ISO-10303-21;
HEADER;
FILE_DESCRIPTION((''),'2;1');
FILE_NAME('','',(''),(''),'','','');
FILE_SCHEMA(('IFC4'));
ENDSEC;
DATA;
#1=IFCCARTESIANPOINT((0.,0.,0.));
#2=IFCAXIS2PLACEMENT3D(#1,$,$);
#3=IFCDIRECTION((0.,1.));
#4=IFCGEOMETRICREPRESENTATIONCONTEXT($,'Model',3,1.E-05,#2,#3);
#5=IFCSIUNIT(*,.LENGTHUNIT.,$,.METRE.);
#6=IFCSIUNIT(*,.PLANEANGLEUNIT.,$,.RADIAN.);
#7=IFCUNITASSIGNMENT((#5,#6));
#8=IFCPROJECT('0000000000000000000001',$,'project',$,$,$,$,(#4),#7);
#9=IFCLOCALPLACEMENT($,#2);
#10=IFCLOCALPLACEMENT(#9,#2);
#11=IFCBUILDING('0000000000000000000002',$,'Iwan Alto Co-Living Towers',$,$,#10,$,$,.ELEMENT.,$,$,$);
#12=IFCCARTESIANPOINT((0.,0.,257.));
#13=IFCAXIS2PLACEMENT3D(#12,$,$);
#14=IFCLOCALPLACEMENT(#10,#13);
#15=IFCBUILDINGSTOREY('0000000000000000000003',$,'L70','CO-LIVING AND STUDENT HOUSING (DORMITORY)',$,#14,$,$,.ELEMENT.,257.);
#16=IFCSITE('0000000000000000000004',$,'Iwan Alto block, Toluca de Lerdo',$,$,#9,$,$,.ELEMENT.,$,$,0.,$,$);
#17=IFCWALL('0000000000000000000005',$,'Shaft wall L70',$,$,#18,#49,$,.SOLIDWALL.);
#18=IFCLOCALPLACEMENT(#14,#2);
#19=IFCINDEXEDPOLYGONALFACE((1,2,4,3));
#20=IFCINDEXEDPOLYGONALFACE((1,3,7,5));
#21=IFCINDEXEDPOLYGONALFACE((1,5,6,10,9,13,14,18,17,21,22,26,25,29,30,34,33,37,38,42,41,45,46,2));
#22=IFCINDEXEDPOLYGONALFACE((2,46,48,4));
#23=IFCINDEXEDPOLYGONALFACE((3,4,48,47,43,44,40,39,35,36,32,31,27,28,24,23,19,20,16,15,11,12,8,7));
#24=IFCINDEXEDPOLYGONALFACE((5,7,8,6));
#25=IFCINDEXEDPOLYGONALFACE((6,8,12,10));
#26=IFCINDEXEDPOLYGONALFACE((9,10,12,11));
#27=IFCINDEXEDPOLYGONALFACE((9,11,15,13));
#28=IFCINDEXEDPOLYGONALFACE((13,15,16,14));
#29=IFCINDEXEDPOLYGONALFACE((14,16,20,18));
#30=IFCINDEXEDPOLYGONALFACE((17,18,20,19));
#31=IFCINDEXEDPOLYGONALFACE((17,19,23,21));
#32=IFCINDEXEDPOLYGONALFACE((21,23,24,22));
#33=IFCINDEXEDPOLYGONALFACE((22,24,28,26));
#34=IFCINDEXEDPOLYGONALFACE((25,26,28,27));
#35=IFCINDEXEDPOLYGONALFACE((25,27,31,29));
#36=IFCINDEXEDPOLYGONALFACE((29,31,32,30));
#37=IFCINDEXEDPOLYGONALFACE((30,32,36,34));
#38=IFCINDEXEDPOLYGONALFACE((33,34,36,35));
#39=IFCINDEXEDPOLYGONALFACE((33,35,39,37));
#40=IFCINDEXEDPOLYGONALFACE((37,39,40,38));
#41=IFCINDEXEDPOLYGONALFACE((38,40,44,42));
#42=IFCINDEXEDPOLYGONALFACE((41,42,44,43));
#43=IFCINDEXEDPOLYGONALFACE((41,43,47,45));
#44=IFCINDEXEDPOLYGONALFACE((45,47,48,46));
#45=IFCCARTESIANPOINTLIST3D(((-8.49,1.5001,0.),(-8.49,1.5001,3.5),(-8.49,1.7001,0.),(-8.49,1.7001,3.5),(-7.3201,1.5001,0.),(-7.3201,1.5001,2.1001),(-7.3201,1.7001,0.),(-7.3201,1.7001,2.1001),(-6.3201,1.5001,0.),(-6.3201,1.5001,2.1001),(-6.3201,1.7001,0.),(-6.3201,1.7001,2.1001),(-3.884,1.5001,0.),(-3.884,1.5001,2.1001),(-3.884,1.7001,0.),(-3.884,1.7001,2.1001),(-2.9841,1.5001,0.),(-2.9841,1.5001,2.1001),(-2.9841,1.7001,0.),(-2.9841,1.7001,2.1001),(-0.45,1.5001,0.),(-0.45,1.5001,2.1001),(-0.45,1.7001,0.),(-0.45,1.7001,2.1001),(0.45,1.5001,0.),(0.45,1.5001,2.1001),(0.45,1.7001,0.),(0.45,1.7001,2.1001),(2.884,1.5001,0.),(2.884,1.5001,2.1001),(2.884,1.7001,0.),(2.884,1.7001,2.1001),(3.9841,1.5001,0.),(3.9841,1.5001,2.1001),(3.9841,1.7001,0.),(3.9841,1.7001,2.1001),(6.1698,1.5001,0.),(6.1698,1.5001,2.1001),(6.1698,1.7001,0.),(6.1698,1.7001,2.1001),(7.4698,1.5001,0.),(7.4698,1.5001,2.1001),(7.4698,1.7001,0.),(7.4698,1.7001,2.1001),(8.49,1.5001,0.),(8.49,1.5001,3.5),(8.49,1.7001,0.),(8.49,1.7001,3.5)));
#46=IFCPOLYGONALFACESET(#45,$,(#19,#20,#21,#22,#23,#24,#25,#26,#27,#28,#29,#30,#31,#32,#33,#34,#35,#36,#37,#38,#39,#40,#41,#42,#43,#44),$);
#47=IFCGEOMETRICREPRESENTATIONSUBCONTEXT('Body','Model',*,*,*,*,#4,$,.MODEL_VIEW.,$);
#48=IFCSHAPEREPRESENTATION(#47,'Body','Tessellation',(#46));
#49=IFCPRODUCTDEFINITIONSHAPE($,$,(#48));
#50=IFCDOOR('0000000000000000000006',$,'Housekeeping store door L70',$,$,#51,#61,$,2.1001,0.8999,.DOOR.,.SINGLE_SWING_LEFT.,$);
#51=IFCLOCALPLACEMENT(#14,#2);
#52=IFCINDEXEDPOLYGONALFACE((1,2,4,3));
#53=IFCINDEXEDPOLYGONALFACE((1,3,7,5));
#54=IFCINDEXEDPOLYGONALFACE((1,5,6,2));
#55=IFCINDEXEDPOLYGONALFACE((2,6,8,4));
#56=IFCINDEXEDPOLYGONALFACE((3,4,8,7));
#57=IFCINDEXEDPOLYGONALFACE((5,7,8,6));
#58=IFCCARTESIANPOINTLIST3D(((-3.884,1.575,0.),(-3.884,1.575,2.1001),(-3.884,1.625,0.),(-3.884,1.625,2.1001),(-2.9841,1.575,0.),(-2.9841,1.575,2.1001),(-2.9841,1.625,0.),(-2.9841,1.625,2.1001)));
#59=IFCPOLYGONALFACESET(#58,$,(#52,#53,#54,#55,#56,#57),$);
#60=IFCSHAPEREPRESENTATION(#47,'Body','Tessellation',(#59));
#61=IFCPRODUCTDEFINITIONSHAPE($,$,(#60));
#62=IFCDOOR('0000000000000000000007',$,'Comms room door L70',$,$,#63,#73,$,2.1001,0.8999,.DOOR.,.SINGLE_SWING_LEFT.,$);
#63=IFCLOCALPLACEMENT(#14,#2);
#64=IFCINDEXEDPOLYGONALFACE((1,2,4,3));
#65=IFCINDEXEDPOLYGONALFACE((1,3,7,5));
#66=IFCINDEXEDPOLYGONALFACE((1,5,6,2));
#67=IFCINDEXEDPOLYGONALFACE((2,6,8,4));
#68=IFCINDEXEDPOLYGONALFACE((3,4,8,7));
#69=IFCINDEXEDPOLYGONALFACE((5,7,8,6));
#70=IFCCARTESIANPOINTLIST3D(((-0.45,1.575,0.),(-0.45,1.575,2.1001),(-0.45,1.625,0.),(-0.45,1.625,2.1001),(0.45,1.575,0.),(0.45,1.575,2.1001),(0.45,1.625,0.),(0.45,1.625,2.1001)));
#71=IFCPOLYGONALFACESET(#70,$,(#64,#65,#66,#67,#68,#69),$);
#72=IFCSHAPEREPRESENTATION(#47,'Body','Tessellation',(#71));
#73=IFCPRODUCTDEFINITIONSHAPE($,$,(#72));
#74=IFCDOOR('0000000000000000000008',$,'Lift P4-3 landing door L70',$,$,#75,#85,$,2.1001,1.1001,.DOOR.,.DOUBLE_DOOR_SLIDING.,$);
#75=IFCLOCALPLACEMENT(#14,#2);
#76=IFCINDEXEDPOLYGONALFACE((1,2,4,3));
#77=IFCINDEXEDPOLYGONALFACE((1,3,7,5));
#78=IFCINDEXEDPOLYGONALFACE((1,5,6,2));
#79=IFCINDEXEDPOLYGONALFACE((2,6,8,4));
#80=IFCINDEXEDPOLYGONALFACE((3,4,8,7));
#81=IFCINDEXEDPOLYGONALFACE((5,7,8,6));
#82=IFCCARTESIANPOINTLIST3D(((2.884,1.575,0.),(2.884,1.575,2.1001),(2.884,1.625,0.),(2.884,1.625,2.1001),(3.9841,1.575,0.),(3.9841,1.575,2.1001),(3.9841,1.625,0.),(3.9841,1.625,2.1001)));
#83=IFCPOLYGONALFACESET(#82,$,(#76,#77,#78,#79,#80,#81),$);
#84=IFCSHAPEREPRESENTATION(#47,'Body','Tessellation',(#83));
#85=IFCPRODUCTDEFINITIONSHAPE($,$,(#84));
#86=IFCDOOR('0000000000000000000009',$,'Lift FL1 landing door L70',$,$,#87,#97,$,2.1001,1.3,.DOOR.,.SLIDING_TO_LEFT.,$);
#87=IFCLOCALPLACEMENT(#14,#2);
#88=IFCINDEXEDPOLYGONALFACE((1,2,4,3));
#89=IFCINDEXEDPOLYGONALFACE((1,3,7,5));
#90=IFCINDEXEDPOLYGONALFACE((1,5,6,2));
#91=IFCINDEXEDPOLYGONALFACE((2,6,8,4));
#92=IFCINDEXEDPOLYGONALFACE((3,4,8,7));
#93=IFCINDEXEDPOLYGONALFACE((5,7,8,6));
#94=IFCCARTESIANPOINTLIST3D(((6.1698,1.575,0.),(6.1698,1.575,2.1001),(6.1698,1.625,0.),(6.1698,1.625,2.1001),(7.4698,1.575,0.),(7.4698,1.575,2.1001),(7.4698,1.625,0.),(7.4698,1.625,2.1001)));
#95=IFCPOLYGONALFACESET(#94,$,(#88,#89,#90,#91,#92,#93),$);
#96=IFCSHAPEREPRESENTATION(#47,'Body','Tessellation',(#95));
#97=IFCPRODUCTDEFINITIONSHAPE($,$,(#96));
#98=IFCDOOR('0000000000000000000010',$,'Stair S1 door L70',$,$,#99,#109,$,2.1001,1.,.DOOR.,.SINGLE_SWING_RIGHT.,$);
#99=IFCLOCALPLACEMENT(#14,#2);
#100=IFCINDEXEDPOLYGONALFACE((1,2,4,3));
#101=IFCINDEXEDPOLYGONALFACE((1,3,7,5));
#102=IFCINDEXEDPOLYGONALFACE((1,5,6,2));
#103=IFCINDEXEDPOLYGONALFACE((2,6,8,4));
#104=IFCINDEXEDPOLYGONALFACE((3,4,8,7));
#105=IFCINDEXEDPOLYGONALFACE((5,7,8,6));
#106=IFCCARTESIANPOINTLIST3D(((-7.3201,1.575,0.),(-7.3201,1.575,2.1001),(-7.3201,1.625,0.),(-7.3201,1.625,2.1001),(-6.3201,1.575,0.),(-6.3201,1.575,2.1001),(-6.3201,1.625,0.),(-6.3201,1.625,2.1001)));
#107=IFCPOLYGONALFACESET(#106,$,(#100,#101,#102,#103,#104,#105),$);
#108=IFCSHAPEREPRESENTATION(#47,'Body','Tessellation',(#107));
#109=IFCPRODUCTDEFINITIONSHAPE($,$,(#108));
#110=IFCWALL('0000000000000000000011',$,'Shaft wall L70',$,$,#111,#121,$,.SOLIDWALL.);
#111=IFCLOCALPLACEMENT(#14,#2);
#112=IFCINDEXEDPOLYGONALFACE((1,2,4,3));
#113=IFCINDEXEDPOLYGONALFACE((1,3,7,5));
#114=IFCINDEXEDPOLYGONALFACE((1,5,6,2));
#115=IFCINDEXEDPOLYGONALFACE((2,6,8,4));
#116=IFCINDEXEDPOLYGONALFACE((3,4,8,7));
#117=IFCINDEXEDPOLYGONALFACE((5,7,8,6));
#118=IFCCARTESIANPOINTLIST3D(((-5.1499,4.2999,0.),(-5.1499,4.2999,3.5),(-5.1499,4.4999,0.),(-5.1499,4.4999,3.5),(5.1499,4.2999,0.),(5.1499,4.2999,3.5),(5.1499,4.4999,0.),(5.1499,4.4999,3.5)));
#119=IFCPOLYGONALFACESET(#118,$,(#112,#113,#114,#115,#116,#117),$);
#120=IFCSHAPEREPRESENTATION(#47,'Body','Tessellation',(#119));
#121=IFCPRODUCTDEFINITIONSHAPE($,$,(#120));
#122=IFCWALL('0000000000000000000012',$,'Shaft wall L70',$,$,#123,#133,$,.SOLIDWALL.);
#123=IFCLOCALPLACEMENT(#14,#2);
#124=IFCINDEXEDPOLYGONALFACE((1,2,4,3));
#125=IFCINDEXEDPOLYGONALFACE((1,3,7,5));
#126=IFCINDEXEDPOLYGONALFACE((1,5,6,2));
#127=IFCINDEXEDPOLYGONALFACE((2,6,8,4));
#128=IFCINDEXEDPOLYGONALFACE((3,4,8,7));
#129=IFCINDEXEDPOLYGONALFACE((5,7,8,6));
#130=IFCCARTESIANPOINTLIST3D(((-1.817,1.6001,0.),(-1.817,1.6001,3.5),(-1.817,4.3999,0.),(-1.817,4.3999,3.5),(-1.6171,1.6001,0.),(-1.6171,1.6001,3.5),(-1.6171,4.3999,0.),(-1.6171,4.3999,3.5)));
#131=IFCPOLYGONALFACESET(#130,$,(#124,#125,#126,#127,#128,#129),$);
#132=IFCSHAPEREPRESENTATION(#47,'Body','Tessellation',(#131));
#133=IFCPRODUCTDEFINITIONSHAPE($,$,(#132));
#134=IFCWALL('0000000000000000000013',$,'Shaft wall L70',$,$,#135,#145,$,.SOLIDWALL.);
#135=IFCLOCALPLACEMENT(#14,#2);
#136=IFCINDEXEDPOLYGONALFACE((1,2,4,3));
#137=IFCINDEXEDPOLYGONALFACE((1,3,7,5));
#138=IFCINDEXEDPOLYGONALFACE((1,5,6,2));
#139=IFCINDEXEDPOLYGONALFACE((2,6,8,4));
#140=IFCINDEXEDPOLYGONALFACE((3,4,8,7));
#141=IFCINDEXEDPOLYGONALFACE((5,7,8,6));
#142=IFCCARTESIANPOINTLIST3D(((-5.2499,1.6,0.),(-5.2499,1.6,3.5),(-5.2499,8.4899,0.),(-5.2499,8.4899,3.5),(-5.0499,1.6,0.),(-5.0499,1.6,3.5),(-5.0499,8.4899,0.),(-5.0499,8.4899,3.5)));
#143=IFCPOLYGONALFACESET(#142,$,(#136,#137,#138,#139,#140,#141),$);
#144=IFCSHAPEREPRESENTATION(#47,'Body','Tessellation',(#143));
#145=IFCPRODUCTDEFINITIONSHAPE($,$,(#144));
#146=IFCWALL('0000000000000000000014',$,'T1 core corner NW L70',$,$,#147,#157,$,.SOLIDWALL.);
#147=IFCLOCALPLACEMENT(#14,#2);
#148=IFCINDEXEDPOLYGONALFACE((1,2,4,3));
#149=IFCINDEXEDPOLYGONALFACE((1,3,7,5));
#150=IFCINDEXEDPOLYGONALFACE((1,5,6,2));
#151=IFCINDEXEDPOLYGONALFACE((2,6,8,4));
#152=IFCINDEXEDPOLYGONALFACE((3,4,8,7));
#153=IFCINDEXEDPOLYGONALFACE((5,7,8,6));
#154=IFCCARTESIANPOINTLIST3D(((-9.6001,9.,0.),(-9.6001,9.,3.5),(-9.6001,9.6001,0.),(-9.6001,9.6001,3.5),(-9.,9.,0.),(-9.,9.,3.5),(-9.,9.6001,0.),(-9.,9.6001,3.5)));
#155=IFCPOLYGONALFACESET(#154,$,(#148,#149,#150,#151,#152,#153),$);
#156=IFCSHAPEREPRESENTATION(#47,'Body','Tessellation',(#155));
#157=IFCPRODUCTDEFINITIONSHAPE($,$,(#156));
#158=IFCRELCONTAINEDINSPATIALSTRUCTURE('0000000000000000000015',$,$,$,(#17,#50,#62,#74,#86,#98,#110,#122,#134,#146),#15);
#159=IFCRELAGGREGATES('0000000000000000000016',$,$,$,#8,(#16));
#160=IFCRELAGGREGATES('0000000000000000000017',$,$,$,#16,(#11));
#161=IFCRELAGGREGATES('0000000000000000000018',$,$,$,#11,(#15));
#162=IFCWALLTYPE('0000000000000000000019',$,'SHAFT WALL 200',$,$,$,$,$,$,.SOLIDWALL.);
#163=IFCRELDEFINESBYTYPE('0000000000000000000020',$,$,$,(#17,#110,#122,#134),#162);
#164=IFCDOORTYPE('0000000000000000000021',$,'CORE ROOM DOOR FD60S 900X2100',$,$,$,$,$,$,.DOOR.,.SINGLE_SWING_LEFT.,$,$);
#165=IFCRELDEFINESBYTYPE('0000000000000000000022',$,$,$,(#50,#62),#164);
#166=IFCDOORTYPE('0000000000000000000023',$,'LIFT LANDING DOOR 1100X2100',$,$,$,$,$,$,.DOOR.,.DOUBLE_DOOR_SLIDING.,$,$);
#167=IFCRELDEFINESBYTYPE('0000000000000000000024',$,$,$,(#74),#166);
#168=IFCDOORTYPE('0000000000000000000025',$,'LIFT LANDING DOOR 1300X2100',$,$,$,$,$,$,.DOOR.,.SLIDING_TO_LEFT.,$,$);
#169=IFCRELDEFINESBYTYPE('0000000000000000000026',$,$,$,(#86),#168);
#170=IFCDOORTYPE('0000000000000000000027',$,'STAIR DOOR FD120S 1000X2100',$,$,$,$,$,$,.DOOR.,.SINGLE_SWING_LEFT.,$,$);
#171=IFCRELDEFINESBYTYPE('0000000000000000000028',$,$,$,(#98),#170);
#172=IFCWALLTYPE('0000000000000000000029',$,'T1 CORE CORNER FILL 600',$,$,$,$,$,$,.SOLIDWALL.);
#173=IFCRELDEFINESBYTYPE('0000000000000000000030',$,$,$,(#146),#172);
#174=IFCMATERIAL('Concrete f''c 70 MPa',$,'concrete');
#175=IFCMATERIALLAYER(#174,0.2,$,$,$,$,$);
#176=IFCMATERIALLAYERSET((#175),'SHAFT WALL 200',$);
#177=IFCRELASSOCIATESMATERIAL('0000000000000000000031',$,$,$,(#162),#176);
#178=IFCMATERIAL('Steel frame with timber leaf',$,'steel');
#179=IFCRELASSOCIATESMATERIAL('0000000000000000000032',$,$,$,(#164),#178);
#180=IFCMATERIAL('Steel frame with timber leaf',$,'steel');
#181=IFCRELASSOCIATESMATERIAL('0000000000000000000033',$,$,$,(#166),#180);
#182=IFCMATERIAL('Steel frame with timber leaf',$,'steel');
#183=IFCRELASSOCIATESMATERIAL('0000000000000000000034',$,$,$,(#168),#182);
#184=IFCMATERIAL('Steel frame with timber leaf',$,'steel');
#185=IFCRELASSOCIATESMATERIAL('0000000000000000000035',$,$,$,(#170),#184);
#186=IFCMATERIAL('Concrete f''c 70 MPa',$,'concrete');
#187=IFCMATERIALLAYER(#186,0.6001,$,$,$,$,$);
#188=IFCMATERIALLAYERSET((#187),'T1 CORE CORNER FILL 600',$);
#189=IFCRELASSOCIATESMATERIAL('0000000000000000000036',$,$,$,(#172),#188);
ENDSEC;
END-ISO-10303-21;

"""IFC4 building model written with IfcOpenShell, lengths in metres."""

from ifc_helpers import new_model, si_unit, direction, frame, frame_2d, origin, place, context, subcontext, project, spatial, rectangle, extrude, material, layer, layer_set, type_object, element, fill, save


model = new_model("IFC4")

# Units and contexts
model_context = context("Model", 3, precision=1e-05, world=origin(), true_north=direction((0.0, 1.0)))
body_context = subcontext(model_context, "Body", "Model", "MODEL_VIEW")
ifc_project = project(units=[si_unit("LENGTHUNIT", "METRE"), si_unit("PLANEANGLEUNIT", "RADIAN")], contexts=[model_context])

# Site, building, storey
site_placement = place(None, origin())
site = spatial("IfcSite", under=ifc_project, at=site_placement, Name="Iwan Alto block, Toluca de Lerdo", CompositionType="ELEMENT", RefElevation=0.0)
building_placement = place(site_placement, origin())
building = spatial("IfcBuilding", under=site, at=building_placement, Name="Iwan Alto Co-Living Towers", CompositionType="ELEMENT")
storey_placement = place(building_placement, frame((0.0, 0.0, 257.0)))
storey = spatial("IfcBuildingStorey", under=building, at=storey_placement, Name="L70", Description="CO-LIVING AND STUDENT HOUSING (DORMITORY)", CompositionType="ELEMENT", Elevation=257.0)

# Wall, openings, doors
ifc_material_1 = material(Name="Concrete f'c 70 MPa", Category="concrete")
ifc_layer_1 = layer(ifc_material_1, 0.2)
ifc_layer_set_1 = layer_set([ifc_layer_1], Name="SHAFT WALL 200")
wall_type_1 = type_object("IfcWallType", Name="SHAFT WALL 200", PredefinedType="SOLIDWALL", material=ifc_layer_set_1)
wall_1_placement = place(storey_placement, frame((-8.49, 1.6001, 0.0), z_axis=(0.0, 0.0, 1.0), x_axis=(1.0, 0.0, 0.0)))
wall_1 = element("IfcWall", 1, at=wall_1_placement, inside=storey, type_object=wall_type_1, Name="Shaft wall L70", PredefinedType="SOLIDWALL", context=body_context, shape_type="SweptSolid", body=[
    extrude(rectangle(XDim=16.98, YDim=0.2, at=frame_2d((8.49, 0.0))), origin(), (0.0, 0.0, 1.0), 3.5),
])
opening_1_placement = place(wall_1_placement, frame((1.1699, 0.0, 0.0)))
opening_1 = element("IfcOpeningElement", 2, at=opening_1_placement, cuts=wall_1, PredefinedType="OPENING", context=body_context, shape_type="SweptSolid", body=[
    extrude(rectangle(XDim=1.0, YDim=2.1001, at=frame_2d((0.5, 1.05))), frame((0.0, 0.1099, 0.0), z_axis=(0.0, -1.0, 0.0), x_axis=(1.0, 0.0, 0.0)), (0.0, 0.0, 1.0), 0.22),
])
opening_2_placement = place(wall_1_placement, frame((4.606, 0.0, 0.0)))
opening_2 = element("IfcOpeningElement", 3, at=opening_2_placement, cuts=wall_1, PredefinedType="OPENING", context=body_context, shape_type="SweptSolid", body=[
    extrude(rectangle(XDim=0.8999, YDim=2.1001, at=frame_2d((0.45, 1.05))), frame((0.0, 0.1099, 0.0), z_axis=(0.0, -1.0, 0.0), x_axis=(1.0, 0.0, 0.0)), (0.0, 0.0, 1.0), 0.22),
])
opening_3_placement = place(wall_1_placement, frame((8.04, 0.0, 0.0)))
opening_3 = element("IfcOpeningElement", 4, at=opening_3_placement, cuts=wall_1, PredefinedType="OPENING", context=body_context, shape_type="SweptSolid", body=[
    extrude(rectangle(XDim=0.8999, YDim=2.1001, at=frame_2d((0.45, 1.05))), frame((0.0, 0.1099, 0.0), z_axis=(0.0, -1.0, 0.0), x_axis=(1.0, 0.0, 0.0)), (0.0, 0.0, 1.0), 0.22),
])
opening_4_placement = place(wall_1_placement, frame((11.374, 0.0, 0.0)))
opening_4 = element("IfcOpeningElement", 5, at=opening_4_placement, cuts=wall_1, PredefinedType="OPENING", context=body_context, shape_type="SweptSolid", body=[
    extrude(rectangle(XDim=1.1001, YDim=2.1001, at=frame_2d((0.55, 1.05))), frame((0.0, 0.1099, 0.0), z_axis=(0.0, -1.0, 0.0), x_axis=(1.0, 0.0, 0.0)), (0.0, 0.0, 1.0), 0.22),
])
opening_5_placement = place(wall_1_placement, frame((14.6599, 0.0, 0.0)))
opening_5 = element("IfcOpeningElement", 6, at=opening_5_placement, cuts=wall_1, PredefinedType="OPENING", context=body_context, shape_type="SweptSolid", body=[
    extrude(rectangle(XDim=1.3, YDim=2.1001, at=frame_2d((0.6499, 1.05))), frame((0.0, 0.1099, 0.0), z_axis=(0.0, -1.0, 0.0), x_axis=(1.0, 0.0, 0.0)), (0.0, 0.0, 1.0), 0.22),
])
ifc_material_2 = material(Name="Steel frame with timber leaf", Category="steel")
door_type_1 = type_object("IfcDoorType", Name="CORE ROOM DOOR FD60S 900X2100", OperationType="SINGLE_SWING_LEFT", PredefinedType="DOOR", material=ifc_material_2)
door_1_placement = place(opening_2_placement, origin())
door_1 = element("IfcDoor", 7, at=door_1_placement, inside=storey, type_object=door_type_1, Name="Housekeeping store door L70", OperationType="SINGLE_SWING_LEFT", OverallHeight=2.1001, OverallWidth=0.8999, PredefinedType="DOOR", context=body_context, shape_type="SweptSolid", body=[
    extrude(rectangle(XDim=0.8999, YDim=2.1001, at=frame_2d((0.45, 1.05))), frame((0.0, 0.0249, 0.0), z_axis=(0.0, -1.0, 0.0), x_axis=(1.0, 0.0, 0.0)), (0.0, 0.0, 1.0), 0.05),
])
fill(opening_2, door_1)
door_2_placement = place(opening_3_placement, origin())
door_2 = element("IfcDoor", 8, at=door_2_placement, inside=storey, type_object=door_type_1, Name="Comms room door L70", OperationType="SINGLE_SWING_LEFT", OverallHeight=2.1001, OverallWidth=0.8999, PredefinedType="DOOR", context=body_context, shape_type="SweptSolid", body=[
    extrude(rectangle(XDim=0.8999, YDim=2.1001, at=frame_2d((0.45, 1.05))), frame((0.0, 0.0249, 0.0), z_axis=(0.0, -1.0, 0.0), x_axis=(1.0, 0.0, 0.0)), (0.0, 0.0, 1.0), 0.05),
])
fill(opening_3, door_2)
ifc_material_3 = material(Name="Steel frame with timber leaf", Category="steel")
door_type_2 = type_object("IfcDoorType", Name="LIFT LANDING DOOR 1100X2100", OperationType="DOUBLE_DOOR_SLIDING", PredefinedType="DOOR", material=ifc_material_3)
door_3_placement = place(opening_4_placement, origin())
door_3 = element("IfcDoor", 9, at=door_3_placement, inside=storey, type_object=door_type_2, Name="Lift P4-3 landing door L70", OperationType="DOUBLE_DOOR_SLIDING", OverallHeight=2.1001, OverallWidth=1.1001, PredefinedType="DOOR", context=body_context, shape_type="SweptSolid", body=[
    extrude(rectangle(XDim=1.1001, YDim=2.1001, at=frame_2d((0.55, 1.05))), frame((0.0, 0.0249, 0.0), z_axis=(0.0, -1.0, 0.0), x_axis=(1.0, 0.0, 0.0)), (0.0, 0.0, 1.0), 0.05),
])
fill(opening_4, door_3)
ifc_material_4 = material(Name="Steel frame with timber leaf", Category="steel")
door_type_3 = type_object("IfcDoorType", Name="LIFT LANDING DOOR 1300X2100", OperationType="SLIDING_TO_LEFT", PredefinedType="DOOR", material=ifc_material_4)
door_4_placement = place(opening_5_placement, origin())
door_4 = element("IfcDoor", 10, at=door_4_placement, inside=storey, type_object=door_type_3, Name="Lift FL1 landing door L70", OperationType="SLIDING_TO_LEFT", OverallHeight=2.1001, OverallWidth=1.3, PredefinedType="DOOR", context=body_context, shape_type="SweptSolid", body=[
    extrude(rectangle(XDim=1.3, YDim=2.1001, at=frame_2d((0.6499, 1.05))), frame((0.0, 0.0249, 0.0), z_axis=(0.0, -1.0, 0.0), x_axis=(1.0, 0.0, 0.0)), (0.0, 0.0, 1.0), 0.05),
])
fill(opening_5, door_4)
ifc_material_5 = material(Name="Steel frame with timber leaf", Category="steel")
door_type_4 = type_object("IfcDoorType", Name="STAIR DOOR FD120S 1000X2100", OperationType="SINGLE_SWING_LEFT", PredefinedType="DOOR", material=ifc_material_5)
door_5_placement = place(opening_1_placement, origin())
door_5 = element("IfcDoor", 11, at=door_5_placement, inside=storey, type_object=door_type_4, Name="Stair S1 door L70", OperationType="SINGLE_SWING_RIGHT", OverallHeight=2.1001, OverallWidth=1.0, PredefinedType="DOOR", context=body_context, shape_type="SweptSolid", body=[
    extrude(rectangle(XDim=1.0, YDim=2.1001, at=frame_2d((0.5, 1.05))), frame((0.0, 0.0249, 0.0), z_axis=(0.0, -1.0, 0.0), x_axis=(1.0, 0.0, 0.0)), (0.0, 0.0, 1.0), 0.05),
])
fill(opening_1, door_5)

# Walls
wall_2_placement = place(storey_placement, frame((-5.1499, 4.3999, 0.0), z_axis=(0.0, 0.0, 1.0), x_axis=(1.0, 0.0, 0.0)))
element("IfcWall", 12, at=wall_2_placement, inside=storey, type_object=wall_type_1, Name="Shaft wall L70", PredefinedType="SOLIDWALL", context=body_context, shape_type="SweptSolid", body=[
    extrude(rectangle(XDim=10.2998, YDim=0.2, at=frame_2d((5.1499, 0.0))), origin(), (0.0, 0.0, 1.0), 3.5),
])
wall_3_placement = place(storey_placement, frame((-1.717, 1.6001, 0.0), z_axis=(0.0, 0.0, 1.0), x_axis=(0.0, 1.0, 0.0)))
element("IfcWall", 13, at=wall_3_placement, inside=storey, type_object=wall_type_1, Name="Shaft wall L70", PredefinedType="SOLIDWALL", context=body_context, shape_type="SweptSolid", body=[
    extrude(rectangle(XDim=2.7998, YDim=0.2, at=frame_2d((1.3999, 0.0))), origin(), (0.0, 0.0, 1.0), 3.5),
])
wall_4_placement = place(storey_placement, frame((-5.1499, 1.6001, 0.0), z_axis=(0.0, 0.0, 1.0), x_axis=(0.0, 1.0, 0.0)))
element("IfcWall", 14, at=wall_4_placement, inside=storey, type_object=wall_type_1, Name="Shaft wall L70", PredefinedType="SOLIDWALL", context=body_context, shape_type="SweptSolid", body=[
    extrude(rectangle(XDim=6.8899, YDim=0.2, at=frame_2d((3.4448, 0.0))), origin(), (0.0, 0.0, 1.0), 3.5),
])
ifc_material_6 = material(Name="Concrete f'c 70 MPa", Category="concrete")
ifc_layer_2 = layer(ifc_material_6, 0.6001)
ifc_layer_set_2 = layer_set([ifc_layer_2], Name="T1 CORE CORNER FILL 600")
wall_type_2 = type_object("IfcWallType", Name="T1 CORE CORNER FILL 600", PredefinedType="SOLIDWALL", material=ifc_layer_set_2)
wall_5_placement = place(storey_placement, frame((-9.6001, 9.3, 0.0), z_axis=(0.0, 0.0, 1.0), x_axis=(1.0, 0.0, 0.0)))
element("IfcWall", 15, at=wall_5_placement, inside=storey, type_object=wall_type_2, Name="T1 core corner NW L70", PredefinedType="SOLIDWALL", context=body_context, shape_type="SweptSolid", body=[
    extrude(rectangle(XDim=0.6001, YDim=0.6001, at=frame_2d((0.3, 0.0))), origin(), (0.0, 0.0, 1.0), 3.5),
])

save(model, "model.ifc")
